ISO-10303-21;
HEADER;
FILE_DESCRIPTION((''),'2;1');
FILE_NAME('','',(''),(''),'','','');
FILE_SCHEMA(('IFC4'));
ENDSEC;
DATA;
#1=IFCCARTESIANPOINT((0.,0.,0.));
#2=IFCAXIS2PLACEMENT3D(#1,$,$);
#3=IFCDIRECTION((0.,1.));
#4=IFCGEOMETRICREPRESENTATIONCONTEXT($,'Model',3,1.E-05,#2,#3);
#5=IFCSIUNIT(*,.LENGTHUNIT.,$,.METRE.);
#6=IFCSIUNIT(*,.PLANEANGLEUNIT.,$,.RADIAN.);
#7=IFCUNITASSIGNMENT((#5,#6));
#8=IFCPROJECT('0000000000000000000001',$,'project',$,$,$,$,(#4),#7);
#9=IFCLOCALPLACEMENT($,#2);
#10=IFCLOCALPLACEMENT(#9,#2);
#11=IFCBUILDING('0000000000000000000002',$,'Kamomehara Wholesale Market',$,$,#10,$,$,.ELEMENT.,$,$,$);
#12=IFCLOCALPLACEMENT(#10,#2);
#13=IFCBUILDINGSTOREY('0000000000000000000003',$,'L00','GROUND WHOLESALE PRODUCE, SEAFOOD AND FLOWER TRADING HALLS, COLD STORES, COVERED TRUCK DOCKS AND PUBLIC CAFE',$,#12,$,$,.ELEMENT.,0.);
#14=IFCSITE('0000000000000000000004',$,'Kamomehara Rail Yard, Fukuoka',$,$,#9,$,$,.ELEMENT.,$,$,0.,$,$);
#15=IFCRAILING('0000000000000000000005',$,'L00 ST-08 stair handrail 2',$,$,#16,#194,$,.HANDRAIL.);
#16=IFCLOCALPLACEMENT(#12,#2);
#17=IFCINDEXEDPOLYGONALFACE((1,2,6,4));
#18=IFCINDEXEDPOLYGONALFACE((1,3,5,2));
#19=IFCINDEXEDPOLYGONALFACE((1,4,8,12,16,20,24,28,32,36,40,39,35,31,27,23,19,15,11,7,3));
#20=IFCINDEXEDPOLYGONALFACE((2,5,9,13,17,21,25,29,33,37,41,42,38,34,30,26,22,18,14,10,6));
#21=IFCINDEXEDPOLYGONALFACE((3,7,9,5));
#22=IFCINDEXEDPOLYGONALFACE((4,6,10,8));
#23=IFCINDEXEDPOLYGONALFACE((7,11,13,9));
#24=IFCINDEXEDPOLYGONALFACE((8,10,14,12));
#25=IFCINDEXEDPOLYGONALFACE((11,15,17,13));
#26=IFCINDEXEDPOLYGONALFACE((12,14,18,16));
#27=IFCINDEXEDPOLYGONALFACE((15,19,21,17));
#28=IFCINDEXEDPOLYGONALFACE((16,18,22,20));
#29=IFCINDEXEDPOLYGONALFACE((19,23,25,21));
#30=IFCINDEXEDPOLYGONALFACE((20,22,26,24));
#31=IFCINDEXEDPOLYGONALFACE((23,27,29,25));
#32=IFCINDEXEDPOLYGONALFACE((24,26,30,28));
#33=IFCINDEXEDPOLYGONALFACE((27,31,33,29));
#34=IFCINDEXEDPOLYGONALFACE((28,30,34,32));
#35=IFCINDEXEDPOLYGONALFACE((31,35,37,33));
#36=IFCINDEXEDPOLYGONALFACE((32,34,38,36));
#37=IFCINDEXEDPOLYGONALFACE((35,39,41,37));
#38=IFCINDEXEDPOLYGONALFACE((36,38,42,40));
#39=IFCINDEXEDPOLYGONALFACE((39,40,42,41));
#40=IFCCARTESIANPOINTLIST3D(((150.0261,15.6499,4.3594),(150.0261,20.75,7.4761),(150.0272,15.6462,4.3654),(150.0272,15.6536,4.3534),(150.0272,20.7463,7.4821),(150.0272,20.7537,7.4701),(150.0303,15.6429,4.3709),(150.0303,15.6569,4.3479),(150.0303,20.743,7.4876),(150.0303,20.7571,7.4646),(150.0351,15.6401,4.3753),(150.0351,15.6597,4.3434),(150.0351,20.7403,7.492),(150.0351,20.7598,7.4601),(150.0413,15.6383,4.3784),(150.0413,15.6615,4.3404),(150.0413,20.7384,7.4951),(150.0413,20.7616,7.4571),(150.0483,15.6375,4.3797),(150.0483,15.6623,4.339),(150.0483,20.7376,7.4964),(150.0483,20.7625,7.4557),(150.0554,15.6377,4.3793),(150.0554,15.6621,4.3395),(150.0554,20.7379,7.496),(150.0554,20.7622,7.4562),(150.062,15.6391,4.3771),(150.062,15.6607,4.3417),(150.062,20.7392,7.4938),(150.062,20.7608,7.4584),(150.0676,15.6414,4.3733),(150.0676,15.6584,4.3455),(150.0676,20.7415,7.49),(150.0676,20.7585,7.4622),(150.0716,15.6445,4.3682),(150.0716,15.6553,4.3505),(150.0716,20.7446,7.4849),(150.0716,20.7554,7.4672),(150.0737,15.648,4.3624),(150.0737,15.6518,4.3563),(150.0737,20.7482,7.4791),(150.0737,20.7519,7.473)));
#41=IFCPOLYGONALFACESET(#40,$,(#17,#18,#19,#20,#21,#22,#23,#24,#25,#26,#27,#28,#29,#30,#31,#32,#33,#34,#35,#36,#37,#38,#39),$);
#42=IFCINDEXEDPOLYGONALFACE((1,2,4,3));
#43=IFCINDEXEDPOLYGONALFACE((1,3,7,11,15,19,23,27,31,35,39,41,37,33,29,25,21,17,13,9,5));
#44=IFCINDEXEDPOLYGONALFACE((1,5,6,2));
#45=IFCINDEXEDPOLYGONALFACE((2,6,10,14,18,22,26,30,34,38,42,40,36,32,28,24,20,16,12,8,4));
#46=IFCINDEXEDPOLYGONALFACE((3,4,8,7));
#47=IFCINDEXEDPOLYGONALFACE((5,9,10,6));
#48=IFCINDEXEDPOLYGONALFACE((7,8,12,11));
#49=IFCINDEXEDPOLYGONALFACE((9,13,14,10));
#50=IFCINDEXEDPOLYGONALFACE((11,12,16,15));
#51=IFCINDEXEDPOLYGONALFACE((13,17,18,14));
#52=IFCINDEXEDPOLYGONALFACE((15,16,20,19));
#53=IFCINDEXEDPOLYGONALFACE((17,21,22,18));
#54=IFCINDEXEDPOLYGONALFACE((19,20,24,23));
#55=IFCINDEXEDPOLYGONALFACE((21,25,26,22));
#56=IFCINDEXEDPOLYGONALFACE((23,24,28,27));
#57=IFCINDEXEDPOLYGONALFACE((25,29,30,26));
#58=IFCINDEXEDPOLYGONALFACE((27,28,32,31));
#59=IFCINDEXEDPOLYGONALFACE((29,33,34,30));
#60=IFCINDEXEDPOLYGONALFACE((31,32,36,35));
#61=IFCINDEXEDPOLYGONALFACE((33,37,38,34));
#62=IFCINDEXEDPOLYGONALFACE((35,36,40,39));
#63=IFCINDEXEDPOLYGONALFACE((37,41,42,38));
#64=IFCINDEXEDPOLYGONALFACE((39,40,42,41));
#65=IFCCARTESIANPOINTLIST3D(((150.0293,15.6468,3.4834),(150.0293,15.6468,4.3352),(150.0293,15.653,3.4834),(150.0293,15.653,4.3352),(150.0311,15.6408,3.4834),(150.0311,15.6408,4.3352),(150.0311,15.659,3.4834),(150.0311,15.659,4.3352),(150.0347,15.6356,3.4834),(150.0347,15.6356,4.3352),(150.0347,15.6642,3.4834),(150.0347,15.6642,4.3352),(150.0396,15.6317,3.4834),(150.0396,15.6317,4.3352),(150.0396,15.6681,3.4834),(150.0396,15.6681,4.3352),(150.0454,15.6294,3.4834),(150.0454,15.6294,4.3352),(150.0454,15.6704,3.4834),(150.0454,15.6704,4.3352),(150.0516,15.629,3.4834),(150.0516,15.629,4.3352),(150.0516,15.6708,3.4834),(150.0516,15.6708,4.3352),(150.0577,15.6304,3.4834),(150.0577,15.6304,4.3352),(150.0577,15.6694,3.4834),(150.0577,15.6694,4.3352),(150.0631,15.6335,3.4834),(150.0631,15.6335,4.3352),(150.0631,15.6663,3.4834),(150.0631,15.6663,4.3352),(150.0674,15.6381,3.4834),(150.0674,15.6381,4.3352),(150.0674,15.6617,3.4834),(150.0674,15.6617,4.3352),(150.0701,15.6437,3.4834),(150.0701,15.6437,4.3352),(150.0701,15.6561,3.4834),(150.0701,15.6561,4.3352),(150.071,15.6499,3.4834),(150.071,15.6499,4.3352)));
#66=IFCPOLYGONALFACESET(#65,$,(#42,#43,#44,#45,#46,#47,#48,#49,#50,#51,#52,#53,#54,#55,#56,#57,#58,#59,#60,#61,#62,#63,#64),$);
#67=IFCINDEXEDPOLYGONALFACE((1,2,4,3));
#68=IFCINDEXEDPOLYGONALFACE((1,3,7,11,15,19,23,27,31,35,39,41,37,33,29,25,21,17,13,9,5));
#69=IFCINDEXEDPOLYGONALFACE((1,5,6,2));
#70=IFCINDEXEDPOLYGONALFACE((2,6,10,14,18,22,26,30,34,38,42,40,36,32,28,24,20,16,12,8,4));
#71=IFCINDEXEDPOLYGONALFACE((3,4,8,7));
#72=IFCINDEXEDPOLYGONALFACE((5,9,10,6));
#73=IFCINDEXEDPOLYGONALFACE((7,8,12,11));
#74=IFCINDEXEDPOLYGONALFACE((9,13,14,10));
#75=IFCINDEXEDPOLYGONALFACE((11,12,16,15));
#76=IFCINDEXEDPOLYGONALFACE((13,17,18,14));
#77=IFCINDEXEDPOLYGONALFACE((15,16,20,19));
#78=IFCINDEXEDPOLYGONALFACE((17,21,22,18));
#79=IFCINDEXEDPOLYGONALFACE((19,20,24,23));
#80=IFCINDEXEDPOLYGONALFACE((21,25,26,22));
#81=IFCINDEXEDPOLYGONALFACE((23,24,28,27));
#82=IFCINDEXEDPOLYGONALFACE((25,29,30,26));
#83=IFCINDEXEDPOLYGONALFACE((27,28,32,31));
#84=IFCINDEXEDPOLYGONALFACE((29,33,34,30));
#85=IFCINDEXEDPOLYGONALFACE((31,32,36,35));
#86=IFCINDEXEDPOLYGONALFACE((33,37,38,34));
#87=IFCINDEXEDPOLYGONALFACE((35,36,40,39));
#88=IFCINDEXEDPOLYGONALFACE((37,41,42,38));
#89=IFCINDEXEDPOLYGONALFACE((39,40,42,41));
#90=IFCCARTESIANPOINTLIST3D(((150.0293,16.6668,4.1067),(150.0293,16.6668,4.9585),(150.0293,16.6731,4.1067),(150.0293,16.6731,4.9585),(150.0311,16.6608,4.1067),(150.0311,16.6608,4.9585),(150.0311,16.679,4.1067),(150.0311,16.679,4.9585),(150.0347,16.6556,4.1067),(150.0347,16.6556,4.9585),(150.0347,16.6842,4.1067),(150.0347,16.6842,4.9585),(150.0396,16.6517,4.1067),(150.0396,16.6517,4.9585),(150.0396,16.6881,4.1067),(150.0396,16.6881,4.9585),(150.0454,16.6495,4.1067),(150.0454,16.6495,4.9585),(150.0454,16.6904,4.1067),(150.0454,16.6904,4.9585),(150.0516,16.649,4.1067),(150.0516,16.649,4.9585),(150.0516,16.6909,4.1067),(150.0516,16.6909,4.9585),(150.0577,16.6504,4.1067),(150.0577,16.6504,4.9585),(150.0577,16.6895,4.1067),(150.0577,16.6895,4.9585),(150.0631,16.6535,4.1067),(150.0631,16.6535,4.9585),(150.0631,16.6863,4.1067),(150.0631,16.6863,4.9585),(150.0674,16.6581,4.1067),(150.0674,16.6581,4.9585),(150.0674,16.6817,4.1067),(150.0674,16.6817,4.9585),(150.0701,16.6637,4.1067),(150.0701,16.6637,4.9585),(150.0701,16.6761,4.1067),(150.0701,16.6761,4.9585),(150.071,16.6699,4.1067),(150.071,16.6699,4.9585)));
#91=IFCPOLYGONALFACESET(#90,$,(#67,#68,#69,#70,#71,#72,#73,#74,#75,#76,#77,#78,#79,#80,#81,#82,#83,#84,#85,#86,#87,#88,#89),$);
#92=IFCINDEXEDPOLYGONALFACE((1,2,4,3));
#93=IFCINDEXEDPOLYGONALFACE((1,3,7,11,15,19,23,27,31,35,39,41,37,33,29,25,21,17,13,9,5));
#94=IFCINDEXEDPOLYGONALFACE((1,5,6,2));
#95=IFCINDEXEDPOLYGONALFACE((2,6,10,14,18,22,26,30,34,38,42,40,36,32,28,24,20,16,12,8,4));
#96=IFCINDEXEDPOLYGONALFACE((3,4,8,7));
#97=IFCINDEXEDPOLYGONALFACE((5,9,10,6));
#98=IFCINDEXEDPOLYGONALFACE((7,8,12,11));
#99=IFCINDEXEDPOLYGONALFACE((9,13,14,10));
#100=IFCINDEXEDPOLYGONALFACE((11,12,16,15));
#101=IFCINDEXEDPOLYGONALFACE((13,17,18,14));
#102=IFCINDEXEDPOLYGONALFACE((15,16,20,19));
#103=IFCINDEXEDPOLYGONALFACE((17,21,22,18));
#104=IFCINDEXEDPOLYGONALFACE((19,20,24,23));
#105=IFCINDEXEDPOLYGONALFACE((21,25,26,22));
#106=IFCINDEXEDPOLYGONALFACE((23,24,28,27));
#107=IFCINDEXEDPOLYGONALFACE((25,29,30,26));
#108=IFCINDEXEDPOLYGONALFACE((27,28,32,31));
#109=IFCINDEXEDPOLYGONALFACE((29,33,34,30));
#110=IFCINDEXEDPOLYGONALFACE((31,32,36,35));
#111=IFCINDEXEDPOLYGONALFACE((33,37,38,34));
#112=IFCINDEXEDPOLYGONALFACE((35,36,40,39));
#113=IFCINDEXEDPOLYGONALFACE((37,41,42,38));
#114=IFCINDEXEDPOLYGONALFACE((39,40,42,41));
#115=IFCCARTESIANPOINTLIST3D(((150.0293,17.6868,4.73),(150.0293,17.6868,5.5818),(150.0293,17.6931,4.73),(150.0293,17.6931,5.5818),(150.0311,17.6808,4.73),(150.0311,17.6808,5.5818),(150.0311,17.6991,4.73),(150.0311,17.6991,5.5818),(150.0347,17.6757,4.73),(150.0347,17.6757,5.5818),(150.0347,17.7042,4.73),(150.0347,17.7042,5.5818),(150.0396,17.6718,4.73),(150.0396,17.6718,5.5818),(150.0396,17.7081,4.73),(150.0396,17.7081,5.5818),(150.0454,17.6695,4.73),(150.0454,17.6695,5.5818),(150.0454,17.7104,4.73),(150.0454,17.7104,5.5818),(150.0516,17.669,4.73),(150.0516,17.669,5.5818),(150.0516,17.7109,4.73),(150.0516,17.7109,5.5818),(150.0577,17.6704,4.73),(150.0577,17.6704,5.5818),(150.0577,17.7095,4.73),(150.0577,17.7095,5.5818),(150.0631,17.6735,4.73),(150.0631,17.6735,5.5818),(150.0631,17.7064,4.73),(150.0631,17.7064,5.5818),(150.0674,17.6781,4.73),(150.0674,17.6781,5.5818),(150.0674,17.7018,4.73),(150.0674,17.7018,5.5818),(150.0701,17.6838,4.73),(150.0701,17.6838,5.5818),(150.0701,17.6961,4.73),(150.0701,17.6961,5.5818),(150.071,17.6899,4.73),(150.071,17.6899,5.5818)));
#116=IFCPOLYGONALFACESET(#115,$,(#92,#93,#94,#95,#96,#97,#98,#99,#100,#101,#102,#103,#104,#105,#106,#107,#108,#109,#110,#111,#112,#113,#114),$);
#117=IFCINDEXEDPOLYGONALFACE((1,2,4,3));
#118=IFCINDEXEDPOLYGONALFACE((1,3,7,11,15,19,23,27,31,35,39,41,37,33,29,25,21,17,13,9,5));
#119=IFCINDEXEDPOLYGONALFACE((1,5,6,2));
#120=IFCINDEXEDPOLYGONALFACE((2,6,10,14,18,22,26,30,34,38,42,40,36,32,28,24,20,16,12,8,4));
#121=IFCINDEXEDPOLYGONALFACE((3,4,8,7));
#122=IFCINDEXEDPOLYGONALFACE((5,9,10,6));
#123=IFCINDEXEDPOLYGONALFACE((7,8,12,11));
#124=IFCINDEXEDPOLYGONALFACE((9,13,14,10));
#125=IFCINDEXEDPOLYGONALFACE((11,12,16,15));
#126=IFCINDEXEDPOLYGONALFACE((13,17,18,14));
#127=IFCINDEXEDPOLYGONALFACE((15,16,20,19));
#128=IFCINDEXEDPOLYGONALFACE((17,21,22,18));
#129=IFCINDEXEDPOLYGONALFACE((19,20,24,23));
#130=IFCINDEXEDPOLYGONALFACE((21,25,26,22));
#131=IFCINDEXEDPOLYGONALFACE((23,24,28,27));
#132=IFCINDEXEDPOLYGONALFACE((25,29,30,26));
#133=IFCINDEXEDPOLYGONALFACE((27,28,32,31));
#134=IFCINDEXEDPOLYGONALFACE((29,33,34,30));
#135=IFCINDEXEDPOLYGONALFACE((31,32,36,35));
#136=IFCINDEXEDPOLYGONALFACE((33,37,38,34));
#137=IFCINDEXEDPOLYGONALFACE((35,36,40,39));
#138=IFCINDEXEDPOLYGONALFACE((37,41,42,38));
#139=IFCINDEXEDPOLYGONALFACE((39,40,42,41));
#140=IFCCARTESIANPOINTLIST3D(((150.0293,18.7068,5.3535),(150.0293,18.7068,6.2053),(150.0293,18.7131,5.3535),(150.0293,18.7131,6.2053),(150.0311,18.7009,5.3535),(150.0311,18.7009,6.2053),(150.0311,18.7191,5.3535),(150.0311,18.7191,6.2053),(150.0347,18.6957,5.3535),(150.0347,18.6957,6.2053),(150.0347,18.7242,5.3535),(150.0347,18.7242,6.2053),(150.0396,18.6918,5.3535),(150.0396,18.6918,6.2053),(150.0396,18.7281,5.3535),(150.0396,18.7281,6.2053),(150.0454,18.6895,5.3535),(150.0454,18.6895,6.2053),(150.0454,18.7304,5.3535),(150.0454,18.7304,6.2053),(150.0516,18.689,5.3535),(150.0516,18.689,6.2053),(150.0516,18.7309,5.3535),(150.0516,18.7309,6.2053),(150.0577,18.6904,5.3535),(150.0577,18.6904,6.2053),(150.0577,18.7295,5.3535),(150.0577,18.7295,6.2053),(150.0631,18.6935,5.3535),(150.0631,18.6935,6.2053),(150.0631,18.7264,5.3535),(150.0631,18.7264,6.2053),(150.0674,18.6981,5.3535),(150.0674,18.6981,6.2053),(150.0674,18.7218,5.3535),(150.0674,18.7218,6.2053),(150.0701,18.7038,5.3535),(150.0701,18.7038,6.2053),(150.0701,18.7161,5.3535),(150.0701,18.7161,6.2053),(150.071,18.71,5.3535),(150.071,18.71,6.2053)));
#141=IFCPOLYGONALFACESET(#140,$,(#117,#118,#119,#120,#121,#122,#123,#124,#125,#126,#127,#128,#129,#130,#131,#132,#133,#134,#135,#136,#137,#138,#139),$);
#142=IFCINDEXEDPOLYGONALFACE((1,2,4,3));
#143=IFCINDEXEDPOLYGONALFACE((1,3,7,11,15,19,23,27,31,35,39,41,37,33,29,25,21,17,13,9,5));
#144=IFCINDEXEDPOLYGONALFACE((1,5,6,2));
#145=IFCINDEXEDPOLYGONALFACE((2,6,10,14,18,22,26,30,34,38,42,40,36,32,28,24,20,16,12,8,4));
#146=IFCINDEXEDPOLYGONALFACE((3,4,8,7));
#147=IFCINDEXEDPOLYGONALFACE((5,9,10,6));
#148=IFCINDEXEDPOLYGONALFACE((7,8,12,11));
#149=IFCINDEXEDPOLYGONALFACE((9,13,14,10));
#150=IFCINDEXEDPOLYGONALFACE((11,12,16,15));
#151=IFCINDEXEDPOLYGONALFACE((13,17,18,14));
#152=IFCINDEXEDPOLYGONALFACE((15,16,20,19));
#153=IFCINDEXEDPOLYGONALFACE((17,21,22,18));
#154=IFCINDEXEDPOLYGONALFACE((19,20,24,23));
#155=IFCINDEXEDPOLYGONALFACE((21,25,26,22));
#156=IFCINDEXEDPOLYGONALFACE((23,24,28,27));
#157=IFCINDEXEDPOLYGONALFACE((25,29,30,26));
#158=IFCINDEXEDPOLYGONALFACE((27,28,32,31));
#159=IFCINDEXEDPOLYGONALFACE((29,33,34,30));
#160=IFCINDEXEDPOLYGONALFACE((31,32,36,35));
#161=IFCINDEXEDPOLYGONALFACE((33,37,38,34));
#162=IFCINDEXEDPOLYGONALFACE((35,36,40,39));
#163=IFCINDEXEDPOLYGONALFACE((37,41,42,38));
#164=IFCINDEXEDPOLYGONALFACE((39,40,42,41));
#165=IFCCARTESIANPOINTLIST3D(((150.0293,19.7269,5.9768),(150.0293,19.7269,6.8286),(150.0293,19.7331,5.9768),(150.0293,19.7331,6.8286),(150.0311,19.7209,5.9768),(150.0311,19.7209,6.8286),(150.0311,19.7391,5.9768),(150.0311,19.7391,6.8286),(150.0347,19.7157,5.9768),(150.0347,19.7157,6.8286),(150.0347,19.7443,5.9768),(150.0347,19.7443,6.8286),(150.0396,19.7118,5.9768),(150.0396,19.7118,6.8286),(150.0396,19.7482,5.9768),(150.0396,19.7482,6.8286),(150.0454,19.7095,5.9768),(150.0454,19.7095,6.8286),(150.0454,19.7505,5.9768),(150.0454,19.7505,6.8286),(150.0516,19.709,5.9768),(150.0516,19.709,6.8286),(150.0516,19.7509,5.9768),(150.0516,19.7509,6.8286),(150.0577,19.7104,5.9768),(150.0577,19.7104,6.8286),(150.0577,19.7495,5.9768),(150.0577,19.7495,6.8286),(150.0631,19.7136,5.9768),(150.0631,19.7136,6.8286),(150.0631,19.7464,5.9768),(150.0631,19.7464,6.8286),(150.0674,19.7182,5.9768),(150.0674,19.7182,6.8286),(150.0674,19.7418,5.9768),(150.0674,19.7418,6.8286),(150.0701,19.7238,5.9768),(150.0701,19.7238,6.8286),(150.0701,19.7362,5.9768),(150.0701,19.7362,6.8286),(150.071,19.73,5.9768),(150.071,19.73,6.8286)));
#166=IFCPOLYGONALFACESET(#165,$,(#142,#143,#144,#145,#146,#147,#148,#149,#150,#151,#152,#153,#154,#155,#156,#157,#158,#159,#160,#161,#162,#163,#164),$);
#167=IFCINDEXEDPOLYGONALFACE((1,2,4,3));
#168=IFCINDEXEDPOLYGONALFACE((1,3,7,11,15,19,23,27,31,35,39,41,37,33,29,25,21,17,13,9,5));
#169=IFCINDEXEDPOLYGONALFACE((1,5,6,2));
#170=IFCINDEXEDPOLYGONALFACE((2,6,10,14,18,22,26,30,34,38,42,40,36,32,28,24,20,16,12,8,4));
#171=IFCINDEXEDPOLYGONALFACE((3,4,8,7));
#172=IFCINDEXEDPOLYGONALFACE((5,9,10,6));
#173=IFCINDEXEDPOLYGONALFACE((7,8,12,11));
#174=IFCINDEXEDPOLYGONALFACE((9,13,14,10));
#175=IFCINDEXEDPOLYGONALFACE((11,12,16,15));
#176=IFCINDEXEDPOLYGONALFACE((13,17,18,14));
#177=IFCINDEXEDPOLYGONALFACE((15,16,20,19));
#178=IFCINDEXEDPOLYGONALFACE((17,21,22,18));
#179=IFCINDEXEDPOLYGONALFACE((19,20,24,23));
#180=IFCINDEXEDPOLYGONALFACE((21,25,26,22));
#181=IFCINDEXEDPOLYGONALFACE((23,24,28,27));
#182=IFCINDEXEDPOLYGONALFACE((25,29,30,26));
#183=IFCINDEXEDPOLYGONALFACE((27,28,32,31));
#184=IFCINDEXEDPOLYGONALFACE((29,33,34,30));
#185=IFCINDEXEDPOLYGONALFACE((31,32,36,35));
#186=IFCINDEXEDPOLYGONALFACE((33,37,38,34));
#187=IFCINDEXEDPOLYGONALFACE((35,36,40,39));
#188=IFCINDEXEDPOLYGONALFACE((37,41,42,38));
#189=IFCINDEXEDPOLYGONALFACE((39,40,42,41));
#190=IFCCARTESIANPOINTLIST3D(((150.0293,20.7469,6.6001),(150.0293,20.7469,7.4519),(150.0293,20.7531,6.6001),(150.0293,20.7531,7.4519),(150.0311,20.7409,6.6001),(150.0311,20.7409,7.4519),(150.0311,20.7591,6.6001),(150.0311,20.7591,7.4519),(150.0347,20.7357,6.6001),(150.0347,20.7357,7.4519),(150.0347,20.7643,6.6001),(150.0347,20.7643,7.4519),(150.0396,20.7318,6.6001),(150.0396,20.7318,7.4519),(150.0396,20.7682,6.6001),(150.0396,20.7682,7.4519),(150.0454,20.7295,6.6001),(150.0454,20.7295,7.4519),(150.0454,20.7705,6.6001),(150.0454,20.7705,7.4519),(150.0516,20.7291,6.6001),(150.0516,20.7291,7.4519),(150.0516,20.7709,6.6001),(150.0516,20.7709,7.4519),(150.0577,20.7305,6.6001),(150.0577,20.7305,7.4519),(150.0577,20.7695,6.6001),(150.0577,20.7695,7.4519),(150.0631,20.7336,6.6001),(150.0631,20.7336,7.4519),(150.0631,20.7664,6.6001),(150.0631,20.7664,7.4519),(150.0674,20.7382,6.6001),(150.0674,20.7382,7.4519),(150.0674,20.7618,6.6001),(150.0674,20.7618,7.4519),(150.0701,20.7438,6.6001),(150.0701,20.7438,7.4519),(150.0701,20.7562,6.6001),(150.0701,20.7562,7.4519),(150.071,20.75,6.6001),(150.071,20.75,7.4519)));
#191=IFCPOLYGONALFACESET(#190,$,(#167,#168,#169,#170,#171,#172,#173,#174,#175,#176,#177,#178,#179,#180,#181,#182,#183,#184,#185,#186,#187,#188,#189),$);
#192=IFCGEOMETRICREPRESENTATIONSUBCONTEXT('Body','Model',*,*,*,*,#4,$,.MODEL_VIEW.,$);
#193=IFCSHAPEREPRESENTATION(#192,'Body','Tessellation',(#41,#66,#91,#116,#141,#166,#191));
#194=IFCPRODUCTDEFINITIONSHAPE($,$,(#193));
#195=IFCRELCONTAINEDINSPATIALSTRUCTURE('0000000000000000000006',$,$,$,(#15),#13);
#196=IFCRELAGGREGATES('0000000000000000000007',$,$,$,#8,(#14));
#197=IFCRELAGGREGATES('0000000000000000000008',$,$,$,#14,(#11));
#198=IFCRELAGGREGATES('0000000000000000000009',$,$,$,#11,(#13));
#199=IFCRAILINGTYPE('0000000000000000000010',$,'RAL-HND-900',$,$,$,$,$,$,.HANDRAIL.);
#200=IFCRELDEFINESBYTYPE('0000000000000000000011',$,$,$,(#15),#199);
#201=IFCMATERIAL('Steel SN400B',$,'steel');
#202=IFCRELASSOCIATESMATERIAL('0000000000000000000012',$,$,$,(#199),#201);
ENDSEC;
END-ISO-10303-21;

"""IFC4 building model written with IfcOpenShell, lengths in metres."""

from ifc_helpers import new_model, si_unit, direction, frame, origin, origin_2d, place, context, subcontext, project, spatial, circle, extrude, material, type_object, element, save


model = new_model("IFC4")

# Units and contexts
model_context = context("Model", 3, precision=1e-05, world=origin(), true_north=direction((0.0, 1.0)))
body_context = subcontext(model_context, "Body", "Model", "MODEL_VIEW")
ifc_project = project(units=[si_unit("LENGTHUNIT", "METRE"), si_unit("PLANEANGLEUNIT", "RADIAN")], contexts=[model_context])

# Site, building, storey
site_placement = place(None, origin())
site = spatial("IfcSite", under=ifc_project, at=site_placement, Name="Kamomehara Rail Yard, Fukuoka", CompositionType="ELEMENT", RefElevation=0.0)
building_placement = place(site_placement, origin())
building = spatial("IfcBuilding", under=site, at=building_placement, Name="Kamomehara Wholesale Market", CompositionType="ELEMENT")
storey_placement = place(building_placement, origin())
storey = spatial("IfcBuildingStorey", under=building, at=storey_placement, Name="L00", Description="GROUND WHOLESALE PRODUCE, SEAFOOD AND FLOWER TRADING HALLS, COLD STORES, COVERED TRUCK DOCKS AND PUBLIC CAFE", CompositionType="ELEMENT", Elevation=0.0)

# Railing
ifc_material_1 = material(Name="Steel SN400B", Category="steel")
railing_type_1 = type_object("IfcRailingType", Name="RAL-HND-900", PredefinedType="HANDRAIL", material=ifc_material_1)
railing_1_placement = place(storey_placement, frame((150.05, 15.6499, 3.4834)))
element("IfcRailing", 1, at=railing_1_placement, inside=storey, type_object=railing_type_1, Name="L00 ST-08 stair handrail 2", PredefinedType="HANDRAIL", context=body_context, shape_type="SweptSolid", body=[
    extrude(circle(Radius=0.0239, at=origin_2d()), frame((0.0, 0.0, 0.876), z_axis=(0.0, 0.853284, 0.521447), x_axis=(-1.0, 0.0, 0.0)), (0.0, 0.0, 1.0), 5.9771),
    extrude(circle(Radius=0.021, at=origin_2d()), origin(), (0.0, 0.0, 1.0), 0.8518),
    extrude(circle(Radius=0.021, at=origin_2d()), frame((0.0, 1.02, 0.6233)), (0.0, 0.0, 1.0), 0.8518),
    extrude(circle(Radius=0.021, at=origin_2d()), frame((0.0, 2.04, 1.2466)), (0.0, 0.0, 1.0), 0.8518),
    extrude(circle(Radius=0.021, at=origin_2d()), frame((0.0, 3.0601, 1.8701)), (0.0, 0.0, 1.0), 0.8518),
    extrude(circle(Radius=0.021, at=origin_2d()), frame((0.0, 4.0801, 2.4934)), (0.0, 0.0, 1.0), 0.8518),
    extrude(circle(Radius=0.021, at=origin_2d()), frame((0.0, 5.1001, 3.1167)), (0.0, 0.0, 1.0), 0.8518),
])

save(model, "model.ifc")
